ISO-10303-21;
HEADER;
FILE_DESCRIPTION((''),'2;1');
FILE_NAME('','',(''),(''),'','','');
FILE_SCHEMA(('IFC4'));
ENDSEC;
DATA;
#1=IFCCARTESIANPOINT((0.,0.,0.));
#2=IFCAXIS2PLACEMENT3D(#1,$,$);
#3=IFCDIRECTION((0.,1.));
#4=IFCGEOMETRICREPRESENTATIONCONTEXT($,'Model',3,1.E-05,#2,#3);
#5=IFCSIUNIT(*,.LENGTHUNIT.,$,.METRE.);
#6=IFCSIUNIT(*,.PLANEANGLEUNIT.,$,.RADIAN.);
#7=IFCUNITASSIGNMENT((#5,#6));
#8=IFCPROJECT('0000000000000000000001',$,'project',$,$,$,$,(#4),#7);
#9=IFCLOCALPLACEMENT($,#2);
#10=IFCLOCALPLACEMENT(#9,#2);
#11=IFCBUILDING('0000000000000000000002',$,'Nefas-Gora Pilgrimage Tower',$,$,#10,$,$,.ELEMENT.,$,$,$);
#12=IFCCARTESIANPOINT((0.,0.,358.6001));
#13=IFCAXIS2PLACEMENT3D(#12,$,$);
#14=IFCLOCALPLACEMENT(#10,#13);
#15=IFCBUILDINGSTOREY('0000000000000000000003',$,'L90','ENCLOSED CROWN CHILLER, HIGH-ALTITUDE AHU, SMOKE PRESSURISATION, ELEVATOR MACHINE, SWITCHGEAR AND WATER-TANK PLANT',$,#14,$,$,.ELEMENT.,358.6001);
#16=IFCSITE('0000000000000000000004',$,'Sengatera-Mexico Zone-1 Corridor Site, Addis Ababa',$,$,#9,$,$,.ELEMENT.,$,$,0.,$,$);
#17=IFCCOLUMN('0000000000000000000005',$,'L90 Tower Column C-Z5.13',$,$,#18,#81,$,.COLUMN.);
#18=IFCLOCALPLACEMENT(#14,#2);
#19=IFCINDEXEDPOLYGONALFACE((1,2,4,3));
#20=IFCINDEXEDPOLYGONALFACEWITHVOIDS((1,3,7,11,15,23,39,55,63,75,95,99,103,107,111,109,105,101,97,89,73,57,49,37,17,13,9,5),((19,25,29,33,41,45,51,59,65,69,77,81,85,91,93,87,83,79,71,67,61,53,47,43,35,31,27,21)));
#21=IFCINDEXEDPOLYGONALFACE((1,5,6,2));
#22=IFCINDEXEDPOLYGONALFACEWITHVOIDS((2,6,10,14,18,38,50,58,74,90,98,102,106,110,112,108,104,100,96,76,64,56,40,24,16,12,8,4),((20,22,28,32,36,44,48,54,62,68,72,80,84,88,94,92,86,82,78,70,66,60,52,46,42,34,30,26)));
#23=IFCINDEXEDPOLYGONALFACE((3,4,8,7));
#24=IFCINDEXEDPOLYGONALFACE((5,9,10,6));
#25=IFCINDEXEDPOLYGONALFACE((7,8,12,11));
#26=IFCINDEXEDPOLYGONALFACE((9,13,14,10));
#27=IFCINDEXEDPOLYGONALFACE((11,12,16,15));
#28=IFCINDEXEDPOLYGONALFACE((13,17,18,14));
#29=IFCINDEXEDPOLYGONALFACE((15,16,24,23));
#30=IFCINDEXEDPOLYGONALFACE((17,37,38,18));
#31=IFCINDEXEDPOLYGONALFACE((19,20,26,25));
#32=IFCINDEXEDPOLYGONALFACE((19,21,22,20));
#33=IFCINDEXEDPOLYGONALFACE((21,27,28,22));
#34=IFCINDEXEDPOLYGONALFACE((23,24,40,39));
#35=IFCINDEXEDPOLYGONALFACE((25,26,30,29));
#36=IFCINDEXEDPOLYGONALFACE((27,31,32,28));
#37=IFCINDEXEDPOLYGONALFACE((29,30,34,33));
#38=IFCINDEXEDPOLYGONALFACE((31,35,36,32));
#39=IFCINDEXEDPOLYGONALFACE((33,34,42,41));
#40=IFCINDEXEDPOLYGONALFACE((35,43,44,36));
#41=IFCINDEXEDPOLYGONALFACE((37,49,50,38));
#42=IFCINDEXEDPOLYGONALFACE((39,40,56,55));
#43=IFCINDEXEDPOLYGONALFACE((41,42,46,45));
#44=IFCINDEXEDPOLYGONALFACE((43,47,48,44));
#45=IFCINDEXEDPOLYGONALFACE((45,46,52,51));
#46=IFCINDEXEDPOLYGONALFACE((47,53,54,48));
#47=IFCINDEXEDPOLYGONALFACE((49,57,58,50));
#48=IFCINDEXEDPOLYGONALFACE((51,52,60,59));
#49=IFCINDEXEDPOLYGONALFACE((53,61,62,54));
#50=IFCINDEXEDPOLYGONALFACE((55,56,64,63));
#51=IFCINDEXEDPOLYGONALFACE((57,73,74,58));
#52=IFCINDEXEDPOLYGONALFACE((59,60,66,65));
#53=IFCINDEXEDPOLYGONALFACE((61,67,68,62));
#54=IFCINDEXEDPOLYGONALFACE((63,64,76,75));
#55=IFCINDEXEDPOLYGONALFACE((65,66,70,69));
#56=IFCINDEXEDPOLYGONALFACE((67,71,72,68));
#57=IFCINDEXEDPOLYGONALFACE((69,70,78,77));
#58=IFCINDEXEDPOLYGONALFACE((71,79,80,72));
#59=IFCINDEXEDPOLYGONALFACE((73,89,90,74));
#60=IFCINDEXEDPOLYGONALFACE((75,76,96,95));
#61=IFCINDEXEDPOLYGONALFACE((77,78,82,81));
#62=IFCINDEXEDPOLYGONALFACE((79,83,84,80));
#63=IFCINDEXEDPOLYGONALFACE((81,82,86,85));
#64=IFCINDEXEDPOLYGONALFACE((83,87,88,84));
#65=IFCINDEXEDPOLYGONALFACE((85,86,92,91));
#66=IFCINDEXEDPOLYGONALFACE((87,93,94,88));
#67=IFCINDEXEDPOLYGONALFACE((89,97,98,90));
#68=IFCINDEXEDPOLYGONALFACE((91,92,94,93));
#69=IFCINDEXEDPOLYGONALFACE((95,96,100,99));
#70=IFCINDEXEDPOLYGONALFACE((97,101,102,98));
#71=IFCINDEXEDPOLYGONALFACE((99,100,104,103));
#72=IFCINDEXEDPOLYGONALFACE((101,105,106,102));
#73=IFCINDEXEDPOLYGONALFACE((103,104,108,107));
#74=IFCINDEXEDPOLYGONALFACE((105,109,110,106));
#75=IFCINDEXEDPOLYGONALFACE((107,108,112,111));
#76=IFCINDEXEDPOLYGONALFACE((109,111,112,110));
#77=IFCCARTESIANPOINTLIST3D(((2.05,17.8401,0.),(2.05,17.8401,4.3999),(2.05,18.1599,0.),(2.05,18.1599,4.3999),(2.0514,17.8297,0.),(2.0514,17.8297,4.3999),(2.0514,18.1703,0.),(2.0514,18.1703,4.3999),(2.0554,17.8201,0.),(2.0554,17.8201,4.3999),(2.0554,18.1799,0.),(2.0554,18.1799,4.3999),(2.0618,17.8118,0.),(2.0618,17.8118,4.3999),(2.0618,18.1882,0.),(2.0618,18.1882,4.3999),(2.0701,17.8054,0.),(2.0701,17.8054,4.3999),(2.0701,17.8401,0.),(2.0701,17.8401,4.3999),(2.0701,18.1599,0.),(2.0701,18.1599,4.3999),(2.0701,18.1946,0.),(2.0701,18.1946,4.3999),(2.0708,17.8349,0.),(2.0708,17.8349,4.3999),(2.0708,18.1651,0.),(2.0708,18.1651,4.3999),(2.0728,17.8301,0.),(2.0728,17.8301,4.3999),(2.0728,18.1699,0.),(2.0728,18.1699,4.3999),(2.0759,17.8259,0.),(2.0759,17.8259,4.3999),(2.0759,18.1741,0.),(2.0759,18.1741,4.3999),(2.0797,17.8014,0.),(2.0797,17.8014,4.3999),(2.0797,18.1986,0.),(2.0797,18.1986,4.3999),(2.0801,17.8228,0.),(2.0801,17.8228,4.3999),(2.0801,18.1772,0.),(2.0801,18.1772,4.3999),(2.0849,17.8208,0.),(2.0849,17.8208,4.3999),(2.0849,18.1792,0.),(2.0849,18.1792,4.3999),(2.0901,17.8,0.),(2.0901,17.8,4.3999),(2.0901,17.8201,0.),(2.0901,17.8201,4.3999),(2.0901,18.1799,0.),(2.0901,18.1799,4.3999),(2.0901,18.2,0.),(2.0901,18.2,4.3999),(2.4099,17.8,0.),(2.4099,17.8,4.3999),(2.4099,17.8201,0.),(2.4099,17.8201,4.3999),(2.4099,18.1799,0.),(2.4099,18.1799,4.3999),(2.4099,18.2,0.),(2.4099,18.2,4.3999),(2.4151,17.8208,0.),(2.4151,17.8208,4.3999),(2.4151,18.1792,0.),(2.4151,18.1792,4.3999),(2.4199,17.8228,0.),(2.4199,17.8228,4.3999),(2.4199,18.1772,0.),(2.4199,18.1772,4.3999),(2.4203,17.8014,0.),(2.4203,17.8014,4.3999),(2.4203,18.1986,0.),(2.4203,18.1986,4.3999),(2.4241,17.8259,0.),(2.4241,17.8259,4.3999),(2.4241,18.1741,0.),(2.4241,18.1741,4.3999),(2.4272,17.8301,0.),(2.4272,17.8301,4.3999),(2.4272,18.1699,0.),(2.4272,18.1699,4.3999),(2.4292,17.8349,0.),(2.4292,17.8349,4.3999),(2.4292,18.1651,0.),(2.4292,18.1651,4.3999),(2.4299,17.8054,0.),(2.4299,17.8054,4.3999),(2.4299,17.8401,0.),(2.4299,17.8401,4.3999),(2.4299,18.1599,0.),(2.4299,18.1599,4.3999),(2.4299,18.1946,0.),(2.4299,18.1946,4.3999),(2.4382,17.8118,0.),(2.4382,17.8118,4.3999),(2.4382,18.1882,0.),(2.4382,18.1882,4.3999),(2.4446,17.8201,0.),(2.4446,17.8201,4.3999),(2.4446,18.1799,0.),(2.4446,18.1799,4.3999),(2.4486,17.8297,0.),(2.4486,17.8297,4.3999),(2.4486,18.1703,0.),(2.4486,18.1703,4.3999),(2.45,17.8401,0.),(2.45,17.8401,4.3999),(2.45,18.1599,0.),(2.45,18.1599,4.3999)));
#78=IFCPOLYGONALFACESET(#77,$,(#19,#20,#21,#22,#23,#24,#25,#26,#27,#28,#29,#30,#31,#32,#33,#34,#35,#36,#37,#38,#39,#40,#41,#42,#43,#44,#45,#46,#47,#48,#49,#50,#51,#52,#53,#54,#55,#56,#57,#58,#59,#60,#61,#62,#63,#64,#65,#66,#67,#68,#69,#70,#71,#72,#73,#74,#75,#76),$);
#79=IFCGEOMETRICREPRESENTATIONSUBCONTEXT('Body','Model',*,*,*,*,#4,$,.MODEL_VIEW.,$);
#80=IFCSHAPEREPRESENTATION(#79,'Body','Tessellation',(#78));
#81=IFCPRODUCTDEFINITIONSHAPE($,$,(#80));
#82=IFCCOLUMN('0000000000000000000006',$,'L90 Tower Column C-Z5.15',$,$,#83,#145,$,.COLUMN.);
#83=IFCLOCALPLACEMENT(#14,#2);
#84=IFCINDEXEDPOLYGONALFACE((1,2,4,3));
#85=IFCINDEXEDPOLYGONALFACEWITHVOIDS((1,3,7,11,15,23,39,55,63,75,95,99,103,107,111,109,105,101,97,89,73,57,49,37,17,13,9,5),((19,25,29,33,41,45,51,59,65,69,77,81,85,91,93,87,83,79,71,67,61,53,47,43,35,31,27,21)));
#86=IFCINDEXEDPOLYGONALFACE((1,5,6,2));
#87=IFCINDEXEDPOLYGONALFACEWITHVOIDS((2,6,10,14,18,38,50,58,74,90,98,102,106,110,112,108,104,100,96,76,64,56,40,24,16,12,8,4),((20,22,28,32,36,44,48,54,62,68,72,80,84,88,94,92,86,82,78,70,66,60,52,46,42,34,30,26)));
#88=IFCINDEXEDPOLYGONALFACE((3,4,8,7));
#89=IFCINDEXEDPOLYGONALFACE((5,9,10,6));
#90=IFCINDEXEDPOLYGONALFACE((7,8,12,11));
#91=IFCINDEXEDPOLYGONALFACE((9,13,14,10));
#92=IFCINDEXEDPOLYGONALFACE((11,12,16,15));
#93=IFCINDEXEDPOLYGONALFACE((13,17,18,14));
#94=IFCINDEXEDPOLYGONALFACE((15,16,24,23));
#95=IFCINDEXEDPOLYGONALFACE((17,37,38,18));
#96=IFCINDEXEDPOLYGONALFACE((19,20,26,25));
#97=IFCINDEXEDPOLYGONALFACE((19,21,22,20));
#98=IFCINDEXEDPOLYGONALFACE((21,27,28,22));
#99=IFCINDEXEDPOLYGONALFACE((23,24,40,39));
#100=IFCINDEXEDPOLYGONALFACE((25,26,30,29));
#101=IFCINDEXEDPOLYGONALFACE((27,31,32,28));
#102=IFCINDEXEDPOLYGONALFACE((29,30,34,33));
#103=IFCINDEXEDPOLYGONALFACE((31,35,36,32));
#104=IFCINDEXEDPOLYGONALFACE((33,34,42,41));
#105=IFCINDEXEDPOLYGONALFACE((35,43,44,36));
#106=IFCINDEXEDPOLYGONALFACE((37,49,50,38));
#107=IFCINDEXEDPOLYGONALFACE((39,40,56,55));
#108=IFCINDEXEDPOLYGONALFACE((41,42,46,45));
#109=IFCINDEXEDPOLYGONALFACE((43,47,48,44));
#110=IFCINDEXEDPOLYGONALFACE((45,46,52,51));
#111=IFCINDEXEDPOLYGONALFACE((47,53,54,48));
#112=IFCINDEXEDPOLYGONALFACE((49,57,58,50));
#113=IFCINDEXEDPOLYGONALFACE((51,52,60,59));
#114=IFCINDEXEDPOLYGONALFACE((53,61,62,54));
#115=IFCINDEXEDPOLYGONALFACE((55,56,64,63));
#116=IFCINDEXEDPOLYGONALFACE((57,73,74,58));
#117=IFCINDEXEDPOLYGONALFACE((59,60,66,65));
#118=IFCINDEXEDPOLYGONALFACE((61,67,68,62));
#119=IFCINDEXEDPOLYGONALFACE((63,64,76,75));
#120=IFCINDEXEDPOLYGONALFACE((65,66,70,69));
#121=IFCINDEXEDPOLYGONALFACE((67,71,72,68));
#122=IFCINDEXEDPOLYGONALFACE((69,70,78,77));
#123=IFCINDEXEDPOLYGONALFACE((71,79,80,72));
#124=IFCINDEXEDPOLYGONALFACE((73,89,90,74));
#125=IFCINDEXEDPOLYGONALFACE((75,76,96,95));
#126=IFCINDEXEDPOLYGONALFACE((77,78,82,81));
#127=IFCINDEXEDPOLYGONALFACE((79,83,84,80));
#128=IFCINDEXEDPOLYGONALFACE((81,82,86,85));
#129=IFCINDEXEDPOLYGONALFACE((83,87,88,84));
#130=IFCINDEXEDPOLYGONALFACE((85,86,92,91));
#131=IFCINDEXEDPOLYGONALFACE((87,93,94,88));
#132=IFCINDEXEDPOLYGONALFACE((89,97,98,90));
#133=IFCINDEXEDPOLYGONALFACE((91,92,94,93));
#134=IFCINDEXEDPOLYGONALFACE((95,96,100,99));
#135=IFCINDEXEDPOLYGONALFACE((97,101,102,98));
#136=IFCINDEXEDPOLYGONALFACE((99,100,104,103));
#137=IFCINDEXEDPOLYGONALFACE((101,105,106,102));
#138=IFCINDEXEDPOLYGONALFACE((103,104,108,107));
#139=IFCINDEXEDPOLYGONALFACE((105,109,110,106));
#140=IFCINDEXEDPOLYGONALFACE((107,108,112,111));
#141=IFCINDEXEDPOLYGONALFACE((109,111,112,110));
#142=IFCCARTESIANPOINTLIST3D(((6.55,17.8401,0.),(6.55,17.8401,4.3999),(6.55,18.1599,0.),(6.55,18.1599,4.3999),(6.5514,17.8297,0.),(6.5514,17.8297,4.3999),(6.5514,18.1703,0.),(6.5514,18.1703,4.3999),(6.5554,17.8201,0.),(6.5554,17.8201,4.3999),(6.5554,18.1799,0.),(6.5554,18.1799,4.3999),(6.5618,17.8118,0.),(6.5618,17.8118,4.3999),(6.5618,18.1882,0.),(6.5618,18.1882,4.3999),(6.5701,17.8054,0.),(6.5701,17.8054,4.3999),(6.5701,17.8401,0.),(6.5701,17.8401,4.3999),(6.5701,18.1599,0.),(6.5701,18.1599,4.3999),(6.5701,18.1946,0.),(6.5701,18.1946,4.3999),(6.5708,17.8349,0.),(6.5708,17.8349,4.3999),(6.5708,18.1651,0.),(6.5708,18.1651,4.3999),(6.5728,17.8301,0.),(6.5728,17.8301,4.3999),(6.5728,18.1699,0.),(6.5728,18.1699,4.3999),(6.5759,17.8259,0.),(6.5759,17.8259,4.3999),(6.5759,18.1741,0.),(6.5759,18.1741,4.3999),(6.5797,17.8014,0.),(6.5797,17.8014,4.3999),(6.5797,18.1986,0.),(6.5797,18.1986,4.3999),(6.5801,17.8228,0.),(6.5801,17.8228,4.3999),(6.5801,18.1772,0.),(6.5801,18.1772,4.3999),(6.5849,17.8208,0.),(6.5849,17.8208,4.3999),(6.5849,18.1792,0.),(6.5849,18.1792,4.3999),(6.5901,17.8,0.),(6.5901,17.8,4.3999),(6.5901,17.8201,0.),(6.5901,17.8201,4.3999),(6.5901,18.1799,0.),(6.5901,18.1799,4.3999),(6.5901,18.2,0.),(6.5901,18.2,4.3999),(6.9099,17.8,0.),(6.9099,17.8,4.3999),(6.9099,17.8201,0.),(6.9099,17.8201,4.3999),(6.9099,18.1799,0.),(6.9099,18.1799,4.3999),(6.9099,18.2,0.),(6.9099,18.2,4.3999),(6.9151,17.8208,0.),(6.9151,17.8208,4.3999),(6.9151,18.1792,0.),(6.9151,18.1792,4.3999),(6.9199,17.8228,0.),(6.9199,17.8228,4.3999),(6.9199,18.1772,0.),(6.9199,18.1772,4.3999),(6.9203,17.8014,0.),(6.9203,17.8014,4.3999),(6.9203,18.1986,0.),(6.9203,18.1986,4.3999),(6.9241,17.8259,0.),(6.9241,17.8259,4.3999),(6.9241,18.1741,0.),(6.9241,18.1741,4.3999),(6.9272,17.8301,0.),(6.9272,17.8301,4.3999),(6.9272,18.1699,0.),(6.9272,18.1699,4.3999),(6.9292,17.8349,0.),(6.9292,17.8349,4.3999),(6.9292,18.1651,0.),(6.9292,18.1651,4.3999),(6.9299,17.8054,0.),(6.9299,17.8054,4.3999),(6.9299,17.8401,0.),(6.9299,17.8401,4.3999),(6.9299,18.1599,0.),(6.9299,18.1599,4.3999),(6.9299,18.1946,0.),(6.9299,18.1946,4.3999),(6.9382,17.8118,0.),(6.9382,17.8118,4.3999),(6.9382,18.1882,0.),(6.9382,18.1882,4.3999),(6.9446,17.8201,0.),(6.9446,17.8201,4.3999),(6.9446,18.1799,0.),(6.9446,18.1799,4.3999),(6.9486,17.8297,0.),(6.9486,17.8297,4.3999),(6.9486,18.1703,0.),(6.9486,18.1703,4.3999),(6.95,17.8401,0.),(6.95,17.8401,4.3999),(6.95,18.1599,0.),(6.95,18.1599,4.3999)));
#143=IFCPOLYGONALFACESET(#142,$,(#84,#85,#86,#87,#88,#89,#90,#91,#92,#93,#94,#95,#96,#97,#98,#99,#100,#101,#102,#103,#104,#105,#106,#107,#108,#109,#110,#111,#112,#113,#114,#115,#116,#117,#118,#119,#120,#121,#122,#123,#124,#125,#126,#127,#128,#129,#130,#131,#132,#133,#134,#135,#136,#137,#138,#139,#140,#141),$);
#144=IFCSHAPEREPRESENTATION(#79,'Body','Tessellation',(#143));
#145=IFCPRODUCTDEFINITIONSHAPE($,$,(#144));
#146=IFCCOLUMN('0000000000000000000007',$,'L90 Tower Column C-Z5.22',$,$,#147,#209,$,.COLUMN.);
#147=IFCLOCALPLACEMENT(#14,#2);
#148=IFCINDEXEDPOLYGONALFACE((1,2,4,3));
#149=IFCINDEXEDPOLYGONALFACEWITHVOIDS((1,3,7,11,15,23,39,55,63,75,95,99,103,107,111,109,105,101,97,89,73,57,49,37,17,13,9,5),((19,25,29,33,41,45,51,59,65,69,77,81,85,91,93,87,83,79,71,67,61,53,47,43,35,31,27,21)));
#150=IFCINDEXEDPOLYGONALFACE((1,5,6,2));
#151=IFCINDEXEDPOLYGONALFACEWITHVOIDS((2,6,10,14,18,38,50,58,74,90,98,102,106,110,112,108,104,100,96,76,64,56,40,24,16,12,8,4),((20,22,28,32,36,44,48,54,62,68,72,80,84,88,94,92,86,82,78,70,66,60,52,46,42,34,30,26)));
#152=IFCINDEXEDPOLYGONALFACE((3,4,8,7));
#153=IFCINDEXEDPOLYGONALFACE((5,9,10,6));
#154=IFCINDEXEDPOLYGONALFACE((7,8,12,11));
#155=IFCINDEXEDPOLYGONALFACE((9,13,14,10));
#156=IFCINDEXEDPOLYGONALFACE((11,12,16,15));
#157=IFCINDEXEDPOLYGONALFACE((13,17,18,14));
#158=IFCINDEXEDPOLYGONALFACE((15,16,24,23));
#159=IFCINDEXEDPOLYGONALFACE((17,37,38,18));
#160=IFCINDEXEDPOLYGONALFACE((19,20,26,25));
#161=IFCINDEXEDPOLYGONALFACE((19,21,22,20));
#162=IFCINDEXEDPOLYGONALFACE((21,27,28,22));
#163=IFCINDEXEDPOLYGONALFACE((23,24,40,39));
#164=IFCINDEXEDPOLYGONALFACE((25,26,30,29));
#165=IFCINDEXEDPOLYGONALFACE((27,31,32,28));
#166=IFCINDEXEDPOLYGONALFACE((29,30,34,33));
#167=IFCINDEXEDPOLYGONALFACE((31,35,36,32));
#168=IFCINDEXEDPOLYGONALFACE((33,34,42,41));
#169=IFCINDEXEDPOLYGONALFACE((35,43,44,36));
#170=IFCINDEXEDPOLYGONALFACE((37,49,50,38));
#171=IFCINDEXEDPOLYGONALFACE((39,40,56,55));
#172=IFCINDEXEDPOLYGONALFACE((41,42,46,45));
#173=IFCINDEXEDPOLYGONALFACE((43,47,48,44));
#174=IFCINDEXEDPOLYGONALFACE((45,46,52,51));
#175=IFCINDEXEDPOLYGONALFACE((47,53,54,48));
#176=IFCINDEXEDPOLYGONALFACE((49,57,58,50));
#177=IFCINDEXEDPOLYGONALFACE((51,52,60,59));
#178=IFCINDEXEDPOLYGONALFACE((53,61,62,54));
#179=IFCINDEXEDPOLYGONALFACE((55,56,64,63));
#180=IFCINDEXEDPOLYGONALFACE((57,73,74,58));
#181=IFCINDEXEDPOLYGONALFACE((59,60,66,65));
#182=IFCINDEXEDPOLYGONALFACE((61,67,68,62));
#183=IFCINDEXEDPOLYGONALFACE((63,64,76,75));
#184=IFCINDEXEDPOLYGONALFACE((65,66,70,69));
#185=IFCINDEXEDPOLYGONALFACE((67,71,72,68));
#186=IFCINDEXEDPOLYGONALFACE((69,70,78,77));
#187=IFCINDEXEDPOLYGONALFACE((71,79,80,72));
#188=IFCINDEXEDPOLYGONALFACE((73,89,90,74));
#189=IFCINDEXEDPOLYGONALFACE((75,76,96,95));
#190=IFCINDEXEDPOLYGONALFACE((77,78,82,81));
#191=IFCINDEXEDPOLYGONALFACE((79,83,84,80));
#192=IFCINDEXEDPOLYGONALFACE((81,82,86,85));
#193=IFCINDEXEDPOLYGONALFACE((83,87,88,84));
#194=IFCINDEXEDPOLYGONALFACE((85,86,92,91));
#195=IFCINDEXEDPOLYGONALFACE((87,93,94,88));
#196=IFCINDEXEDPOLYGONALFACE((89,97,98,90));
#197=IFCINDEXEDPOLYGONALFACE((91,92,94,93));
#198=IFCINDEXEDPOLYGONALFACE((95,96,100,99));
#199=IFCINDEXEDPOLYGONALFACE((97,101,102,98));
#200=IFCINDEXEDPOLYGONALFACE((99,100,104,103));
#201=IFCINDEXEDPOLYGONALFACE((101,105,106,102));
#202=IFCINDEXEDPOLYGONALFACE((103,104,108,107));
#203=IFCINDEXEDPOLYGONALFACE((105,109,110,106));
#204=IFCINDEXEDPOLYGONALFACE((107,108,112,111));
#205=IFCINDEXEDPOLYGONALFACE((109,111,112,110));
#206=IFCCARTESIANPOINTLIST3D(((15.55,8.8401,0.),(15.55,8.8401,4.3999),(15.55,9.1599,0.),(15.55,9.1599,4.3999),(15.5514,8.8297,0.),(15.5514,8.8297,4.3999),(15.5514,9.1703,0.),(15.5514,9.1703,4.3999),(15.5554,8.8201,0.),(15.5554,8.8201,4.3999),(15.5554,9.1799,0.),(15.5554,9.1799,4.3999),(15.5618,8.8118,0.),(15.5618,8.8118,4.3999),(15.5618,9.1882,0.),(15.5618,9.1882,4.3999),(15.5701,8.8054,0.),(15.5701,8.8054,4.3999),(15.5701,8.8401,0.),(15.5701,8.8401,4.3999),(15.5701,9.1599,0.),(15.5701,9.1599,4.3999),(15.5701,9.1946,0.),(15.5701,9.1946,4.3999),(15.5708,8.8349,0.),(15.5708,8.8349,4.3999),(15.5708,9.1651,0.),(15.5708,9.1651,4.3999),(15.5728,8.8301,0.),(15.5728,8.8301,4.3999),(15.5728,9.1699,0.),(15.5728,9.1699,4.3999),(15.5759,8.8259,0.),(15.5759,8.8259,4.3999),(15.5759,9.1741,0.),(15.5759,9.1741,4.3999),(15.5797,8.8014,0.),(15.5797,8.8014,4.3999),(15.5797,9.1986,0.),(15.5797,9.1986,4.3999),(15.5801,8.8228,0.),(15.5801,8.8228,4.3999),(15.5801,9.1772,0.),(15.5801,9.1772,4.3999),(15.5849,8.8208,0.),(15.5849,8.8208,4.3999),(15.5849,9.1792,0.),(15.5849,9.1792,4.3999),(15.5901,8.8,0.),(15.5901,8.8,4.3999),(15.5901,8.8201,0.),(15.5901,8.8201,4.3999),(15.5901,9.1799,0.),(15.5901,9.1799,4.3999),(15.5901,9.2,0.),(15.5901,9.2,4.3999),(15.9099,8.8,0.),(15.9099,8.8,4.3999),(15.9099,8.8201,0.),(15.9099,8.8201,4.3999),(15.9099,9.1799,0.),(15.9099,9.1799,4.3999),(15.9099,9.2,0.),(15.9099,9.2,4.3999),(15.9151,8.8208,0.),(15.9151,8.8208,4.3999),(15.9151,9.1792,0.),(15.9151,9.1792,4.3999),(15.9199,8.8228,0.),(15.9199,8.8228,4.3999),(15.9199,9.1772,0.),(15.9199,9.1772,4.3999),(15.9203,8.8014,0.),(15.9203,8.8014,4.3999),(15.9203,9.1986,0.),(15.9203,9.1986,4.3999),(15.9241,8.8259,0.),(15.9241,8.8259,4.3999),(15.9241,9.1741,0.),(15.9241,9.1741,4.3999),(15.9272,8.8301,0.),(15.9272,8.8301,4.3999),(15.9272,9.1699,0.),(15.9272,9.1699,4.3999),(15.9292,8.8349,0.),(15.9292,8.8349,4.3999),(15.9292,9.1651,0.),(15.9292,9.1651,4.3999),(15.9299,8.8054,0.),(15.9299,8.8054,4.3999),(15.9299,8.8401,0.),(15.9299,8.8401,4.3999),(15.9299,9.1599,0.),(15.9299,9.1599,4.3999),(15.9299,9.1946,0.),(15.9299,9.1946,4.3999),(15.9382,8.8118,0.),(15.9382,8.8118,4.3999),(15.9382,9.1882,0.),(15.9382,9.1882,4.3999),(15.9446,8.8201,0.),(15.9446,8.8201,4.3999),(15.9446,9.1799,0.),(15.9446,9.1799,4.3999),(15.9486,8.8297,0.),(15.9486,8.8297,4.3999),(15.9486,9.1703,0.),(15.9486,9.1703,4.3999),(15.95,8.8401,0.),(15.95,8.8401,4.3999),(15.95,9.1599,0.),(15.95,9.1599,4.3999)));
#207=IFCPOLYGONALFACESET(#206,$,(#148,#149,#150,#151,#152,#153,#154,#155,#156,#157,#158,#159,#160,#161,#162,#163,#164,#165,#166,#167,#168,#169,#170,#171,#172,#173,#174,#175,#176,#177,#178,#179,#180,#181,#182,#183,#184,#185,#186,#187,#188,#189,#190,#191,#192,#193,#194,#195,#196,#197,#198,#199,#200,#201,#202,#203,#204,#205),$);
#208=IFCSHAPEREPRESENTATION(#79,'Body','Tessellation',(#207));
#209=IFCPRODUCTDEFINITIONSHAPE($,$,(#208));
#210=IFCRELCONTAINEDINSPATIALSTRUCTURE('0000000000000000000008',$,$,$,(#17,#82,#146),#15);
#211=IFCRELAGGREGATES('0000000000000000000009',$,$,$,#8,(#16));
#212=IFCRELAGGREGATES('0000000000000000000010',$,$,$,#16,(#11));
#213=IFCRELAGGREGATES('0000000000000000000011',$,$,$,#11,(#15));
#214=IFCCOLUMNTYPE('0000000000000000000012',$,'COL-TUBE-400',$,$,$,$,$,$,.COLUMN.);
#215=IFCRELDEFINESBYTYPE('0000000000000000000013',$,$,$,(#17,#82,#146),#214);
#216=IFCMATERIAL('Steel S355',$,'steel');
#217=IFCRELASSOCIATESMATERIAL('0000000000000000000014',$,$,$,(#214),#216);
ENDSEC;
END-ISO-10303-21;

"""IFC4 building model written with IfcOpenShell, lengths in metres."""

from ifc_helpers import new_model, si_unit, direction, frame, origin, origin_2d, place, context, subcontext, project, spatial, hollow_rectangle, extrude, source, transform, mapped, material, material_profile, profile_set, type_object, element, save


model = new_model("IFC4")

# Units and contexts
model_context = context("Model", 3, precision=1e-05, world=origin(), true_north=direction((0.0, 1.0)))
body_context = subcontext(model_context, "Body", "Model", "MODEL_VIEW")
ifc_project = project(units=[si_unit("LENGTHUNIT", "METRE"), si_unit("PLANEANGLEUNIT", "RADIAN")], contexts=[model_context])

# Site, building, storey
site_placement = place(None, origin())
site = spatial("IfcSite", under=ifc_project, at=site_placement, Name="Sengatera-Mexico Zone-1 Corridor Site, Addis Ababa", CompositionType="ELEMENT", RefElevation=0.0)
building_placement = place(site_placement, origin())
building = spatial("IfcBuilding", under=site, at=building_placement, Name="Nefas-Gora Pilgrimage Tower", CompositionType="ELEMENT")
storey_placement = place(building_placement, frame((0.0, 0.0, 358.6001)))
storey = spatial("IfcBuildingStorey", under=building, at=storey_placement, Name="L90", Description="ENCLOSED CROWN CHILLER, HIGH-ALTITUDE AHU, SMOKE PRESSURISATION, ELEVATOR MACHINE, SWITCHGEAR AND WATER-TANK PLANT", CompositionType="ELEMENT", Elevation=358.6001)

# Columns
ifc_material_1 = material(Name="Steel S355", Category="steel")
ifc_material_profile_1 = material_profile(ifc_material_1, hollow_rectangle(XDim=0.3999, YDim=0.3999, WallThickness=0.02, InnerFilletRadius=0.02, OuterFilletRadius=0.04, at=origin_2d()), Name="SHS 400x400x20")
ifc_profile_set_1 = profile_set([ifc_material_profile_1], Name="Steel S355")
column_type = type_object("IfcColumnType", Name="COL-TUBE-400", PredefinedType="COLUMN", material=ifc_profile_set_1)
shared_shape_1 = source(origin(), body_context, "Body", "SweptSolid", [
    extrude(hollow_rectangle(XDim=0.3999, YDim=0.3999, WallThickness=0.02, InnerFilletRadius=0.02, OuterFilletRadius=0.04, at=origin_2d()), origin(), (0.0, 0.0, 1.0), 4.3999),
])
for number, where, z_axis, x_axis, name in (
    (1, (2.25, 18.0, 0.0), (0.0, 0.0, 1.0), (1.0, 0.0, 0.0), "L90 Tower Column C-Z5.13"),
    (2, (6.75, 18.0, 0.0), (0.0, 0.0, 1.0), (1.0, 0.0, 0.0), "L90 Tower Column C-Z5.15"),
    (3, (15.75, 9.0, 0.0), (0.0, 0.0, 1.0), (1.0, 0.0, 0.0), "L90 Tower Column C-Z5.22"),
):
    element("IfcColumn", number, at=place(storey_placement, frame(where, z_axis=z_axis, x_axis=x_axis)), inside=storey, type_object=column_type, Name=name, PredefinedType="COLUMN", context=body_context, shape_type="MappedRepresentation", body=[
        mapped(shared_shape_1, transform((0.0, 0.0, 0.0), x_axis=(1.0, 0.0, 0.0), y_axis=(0.0, 1.0, 0.0), z_axis=(0.0, 0.0, 1.0), scale=1.0)),
    ])

save(model, "model.ifc")
